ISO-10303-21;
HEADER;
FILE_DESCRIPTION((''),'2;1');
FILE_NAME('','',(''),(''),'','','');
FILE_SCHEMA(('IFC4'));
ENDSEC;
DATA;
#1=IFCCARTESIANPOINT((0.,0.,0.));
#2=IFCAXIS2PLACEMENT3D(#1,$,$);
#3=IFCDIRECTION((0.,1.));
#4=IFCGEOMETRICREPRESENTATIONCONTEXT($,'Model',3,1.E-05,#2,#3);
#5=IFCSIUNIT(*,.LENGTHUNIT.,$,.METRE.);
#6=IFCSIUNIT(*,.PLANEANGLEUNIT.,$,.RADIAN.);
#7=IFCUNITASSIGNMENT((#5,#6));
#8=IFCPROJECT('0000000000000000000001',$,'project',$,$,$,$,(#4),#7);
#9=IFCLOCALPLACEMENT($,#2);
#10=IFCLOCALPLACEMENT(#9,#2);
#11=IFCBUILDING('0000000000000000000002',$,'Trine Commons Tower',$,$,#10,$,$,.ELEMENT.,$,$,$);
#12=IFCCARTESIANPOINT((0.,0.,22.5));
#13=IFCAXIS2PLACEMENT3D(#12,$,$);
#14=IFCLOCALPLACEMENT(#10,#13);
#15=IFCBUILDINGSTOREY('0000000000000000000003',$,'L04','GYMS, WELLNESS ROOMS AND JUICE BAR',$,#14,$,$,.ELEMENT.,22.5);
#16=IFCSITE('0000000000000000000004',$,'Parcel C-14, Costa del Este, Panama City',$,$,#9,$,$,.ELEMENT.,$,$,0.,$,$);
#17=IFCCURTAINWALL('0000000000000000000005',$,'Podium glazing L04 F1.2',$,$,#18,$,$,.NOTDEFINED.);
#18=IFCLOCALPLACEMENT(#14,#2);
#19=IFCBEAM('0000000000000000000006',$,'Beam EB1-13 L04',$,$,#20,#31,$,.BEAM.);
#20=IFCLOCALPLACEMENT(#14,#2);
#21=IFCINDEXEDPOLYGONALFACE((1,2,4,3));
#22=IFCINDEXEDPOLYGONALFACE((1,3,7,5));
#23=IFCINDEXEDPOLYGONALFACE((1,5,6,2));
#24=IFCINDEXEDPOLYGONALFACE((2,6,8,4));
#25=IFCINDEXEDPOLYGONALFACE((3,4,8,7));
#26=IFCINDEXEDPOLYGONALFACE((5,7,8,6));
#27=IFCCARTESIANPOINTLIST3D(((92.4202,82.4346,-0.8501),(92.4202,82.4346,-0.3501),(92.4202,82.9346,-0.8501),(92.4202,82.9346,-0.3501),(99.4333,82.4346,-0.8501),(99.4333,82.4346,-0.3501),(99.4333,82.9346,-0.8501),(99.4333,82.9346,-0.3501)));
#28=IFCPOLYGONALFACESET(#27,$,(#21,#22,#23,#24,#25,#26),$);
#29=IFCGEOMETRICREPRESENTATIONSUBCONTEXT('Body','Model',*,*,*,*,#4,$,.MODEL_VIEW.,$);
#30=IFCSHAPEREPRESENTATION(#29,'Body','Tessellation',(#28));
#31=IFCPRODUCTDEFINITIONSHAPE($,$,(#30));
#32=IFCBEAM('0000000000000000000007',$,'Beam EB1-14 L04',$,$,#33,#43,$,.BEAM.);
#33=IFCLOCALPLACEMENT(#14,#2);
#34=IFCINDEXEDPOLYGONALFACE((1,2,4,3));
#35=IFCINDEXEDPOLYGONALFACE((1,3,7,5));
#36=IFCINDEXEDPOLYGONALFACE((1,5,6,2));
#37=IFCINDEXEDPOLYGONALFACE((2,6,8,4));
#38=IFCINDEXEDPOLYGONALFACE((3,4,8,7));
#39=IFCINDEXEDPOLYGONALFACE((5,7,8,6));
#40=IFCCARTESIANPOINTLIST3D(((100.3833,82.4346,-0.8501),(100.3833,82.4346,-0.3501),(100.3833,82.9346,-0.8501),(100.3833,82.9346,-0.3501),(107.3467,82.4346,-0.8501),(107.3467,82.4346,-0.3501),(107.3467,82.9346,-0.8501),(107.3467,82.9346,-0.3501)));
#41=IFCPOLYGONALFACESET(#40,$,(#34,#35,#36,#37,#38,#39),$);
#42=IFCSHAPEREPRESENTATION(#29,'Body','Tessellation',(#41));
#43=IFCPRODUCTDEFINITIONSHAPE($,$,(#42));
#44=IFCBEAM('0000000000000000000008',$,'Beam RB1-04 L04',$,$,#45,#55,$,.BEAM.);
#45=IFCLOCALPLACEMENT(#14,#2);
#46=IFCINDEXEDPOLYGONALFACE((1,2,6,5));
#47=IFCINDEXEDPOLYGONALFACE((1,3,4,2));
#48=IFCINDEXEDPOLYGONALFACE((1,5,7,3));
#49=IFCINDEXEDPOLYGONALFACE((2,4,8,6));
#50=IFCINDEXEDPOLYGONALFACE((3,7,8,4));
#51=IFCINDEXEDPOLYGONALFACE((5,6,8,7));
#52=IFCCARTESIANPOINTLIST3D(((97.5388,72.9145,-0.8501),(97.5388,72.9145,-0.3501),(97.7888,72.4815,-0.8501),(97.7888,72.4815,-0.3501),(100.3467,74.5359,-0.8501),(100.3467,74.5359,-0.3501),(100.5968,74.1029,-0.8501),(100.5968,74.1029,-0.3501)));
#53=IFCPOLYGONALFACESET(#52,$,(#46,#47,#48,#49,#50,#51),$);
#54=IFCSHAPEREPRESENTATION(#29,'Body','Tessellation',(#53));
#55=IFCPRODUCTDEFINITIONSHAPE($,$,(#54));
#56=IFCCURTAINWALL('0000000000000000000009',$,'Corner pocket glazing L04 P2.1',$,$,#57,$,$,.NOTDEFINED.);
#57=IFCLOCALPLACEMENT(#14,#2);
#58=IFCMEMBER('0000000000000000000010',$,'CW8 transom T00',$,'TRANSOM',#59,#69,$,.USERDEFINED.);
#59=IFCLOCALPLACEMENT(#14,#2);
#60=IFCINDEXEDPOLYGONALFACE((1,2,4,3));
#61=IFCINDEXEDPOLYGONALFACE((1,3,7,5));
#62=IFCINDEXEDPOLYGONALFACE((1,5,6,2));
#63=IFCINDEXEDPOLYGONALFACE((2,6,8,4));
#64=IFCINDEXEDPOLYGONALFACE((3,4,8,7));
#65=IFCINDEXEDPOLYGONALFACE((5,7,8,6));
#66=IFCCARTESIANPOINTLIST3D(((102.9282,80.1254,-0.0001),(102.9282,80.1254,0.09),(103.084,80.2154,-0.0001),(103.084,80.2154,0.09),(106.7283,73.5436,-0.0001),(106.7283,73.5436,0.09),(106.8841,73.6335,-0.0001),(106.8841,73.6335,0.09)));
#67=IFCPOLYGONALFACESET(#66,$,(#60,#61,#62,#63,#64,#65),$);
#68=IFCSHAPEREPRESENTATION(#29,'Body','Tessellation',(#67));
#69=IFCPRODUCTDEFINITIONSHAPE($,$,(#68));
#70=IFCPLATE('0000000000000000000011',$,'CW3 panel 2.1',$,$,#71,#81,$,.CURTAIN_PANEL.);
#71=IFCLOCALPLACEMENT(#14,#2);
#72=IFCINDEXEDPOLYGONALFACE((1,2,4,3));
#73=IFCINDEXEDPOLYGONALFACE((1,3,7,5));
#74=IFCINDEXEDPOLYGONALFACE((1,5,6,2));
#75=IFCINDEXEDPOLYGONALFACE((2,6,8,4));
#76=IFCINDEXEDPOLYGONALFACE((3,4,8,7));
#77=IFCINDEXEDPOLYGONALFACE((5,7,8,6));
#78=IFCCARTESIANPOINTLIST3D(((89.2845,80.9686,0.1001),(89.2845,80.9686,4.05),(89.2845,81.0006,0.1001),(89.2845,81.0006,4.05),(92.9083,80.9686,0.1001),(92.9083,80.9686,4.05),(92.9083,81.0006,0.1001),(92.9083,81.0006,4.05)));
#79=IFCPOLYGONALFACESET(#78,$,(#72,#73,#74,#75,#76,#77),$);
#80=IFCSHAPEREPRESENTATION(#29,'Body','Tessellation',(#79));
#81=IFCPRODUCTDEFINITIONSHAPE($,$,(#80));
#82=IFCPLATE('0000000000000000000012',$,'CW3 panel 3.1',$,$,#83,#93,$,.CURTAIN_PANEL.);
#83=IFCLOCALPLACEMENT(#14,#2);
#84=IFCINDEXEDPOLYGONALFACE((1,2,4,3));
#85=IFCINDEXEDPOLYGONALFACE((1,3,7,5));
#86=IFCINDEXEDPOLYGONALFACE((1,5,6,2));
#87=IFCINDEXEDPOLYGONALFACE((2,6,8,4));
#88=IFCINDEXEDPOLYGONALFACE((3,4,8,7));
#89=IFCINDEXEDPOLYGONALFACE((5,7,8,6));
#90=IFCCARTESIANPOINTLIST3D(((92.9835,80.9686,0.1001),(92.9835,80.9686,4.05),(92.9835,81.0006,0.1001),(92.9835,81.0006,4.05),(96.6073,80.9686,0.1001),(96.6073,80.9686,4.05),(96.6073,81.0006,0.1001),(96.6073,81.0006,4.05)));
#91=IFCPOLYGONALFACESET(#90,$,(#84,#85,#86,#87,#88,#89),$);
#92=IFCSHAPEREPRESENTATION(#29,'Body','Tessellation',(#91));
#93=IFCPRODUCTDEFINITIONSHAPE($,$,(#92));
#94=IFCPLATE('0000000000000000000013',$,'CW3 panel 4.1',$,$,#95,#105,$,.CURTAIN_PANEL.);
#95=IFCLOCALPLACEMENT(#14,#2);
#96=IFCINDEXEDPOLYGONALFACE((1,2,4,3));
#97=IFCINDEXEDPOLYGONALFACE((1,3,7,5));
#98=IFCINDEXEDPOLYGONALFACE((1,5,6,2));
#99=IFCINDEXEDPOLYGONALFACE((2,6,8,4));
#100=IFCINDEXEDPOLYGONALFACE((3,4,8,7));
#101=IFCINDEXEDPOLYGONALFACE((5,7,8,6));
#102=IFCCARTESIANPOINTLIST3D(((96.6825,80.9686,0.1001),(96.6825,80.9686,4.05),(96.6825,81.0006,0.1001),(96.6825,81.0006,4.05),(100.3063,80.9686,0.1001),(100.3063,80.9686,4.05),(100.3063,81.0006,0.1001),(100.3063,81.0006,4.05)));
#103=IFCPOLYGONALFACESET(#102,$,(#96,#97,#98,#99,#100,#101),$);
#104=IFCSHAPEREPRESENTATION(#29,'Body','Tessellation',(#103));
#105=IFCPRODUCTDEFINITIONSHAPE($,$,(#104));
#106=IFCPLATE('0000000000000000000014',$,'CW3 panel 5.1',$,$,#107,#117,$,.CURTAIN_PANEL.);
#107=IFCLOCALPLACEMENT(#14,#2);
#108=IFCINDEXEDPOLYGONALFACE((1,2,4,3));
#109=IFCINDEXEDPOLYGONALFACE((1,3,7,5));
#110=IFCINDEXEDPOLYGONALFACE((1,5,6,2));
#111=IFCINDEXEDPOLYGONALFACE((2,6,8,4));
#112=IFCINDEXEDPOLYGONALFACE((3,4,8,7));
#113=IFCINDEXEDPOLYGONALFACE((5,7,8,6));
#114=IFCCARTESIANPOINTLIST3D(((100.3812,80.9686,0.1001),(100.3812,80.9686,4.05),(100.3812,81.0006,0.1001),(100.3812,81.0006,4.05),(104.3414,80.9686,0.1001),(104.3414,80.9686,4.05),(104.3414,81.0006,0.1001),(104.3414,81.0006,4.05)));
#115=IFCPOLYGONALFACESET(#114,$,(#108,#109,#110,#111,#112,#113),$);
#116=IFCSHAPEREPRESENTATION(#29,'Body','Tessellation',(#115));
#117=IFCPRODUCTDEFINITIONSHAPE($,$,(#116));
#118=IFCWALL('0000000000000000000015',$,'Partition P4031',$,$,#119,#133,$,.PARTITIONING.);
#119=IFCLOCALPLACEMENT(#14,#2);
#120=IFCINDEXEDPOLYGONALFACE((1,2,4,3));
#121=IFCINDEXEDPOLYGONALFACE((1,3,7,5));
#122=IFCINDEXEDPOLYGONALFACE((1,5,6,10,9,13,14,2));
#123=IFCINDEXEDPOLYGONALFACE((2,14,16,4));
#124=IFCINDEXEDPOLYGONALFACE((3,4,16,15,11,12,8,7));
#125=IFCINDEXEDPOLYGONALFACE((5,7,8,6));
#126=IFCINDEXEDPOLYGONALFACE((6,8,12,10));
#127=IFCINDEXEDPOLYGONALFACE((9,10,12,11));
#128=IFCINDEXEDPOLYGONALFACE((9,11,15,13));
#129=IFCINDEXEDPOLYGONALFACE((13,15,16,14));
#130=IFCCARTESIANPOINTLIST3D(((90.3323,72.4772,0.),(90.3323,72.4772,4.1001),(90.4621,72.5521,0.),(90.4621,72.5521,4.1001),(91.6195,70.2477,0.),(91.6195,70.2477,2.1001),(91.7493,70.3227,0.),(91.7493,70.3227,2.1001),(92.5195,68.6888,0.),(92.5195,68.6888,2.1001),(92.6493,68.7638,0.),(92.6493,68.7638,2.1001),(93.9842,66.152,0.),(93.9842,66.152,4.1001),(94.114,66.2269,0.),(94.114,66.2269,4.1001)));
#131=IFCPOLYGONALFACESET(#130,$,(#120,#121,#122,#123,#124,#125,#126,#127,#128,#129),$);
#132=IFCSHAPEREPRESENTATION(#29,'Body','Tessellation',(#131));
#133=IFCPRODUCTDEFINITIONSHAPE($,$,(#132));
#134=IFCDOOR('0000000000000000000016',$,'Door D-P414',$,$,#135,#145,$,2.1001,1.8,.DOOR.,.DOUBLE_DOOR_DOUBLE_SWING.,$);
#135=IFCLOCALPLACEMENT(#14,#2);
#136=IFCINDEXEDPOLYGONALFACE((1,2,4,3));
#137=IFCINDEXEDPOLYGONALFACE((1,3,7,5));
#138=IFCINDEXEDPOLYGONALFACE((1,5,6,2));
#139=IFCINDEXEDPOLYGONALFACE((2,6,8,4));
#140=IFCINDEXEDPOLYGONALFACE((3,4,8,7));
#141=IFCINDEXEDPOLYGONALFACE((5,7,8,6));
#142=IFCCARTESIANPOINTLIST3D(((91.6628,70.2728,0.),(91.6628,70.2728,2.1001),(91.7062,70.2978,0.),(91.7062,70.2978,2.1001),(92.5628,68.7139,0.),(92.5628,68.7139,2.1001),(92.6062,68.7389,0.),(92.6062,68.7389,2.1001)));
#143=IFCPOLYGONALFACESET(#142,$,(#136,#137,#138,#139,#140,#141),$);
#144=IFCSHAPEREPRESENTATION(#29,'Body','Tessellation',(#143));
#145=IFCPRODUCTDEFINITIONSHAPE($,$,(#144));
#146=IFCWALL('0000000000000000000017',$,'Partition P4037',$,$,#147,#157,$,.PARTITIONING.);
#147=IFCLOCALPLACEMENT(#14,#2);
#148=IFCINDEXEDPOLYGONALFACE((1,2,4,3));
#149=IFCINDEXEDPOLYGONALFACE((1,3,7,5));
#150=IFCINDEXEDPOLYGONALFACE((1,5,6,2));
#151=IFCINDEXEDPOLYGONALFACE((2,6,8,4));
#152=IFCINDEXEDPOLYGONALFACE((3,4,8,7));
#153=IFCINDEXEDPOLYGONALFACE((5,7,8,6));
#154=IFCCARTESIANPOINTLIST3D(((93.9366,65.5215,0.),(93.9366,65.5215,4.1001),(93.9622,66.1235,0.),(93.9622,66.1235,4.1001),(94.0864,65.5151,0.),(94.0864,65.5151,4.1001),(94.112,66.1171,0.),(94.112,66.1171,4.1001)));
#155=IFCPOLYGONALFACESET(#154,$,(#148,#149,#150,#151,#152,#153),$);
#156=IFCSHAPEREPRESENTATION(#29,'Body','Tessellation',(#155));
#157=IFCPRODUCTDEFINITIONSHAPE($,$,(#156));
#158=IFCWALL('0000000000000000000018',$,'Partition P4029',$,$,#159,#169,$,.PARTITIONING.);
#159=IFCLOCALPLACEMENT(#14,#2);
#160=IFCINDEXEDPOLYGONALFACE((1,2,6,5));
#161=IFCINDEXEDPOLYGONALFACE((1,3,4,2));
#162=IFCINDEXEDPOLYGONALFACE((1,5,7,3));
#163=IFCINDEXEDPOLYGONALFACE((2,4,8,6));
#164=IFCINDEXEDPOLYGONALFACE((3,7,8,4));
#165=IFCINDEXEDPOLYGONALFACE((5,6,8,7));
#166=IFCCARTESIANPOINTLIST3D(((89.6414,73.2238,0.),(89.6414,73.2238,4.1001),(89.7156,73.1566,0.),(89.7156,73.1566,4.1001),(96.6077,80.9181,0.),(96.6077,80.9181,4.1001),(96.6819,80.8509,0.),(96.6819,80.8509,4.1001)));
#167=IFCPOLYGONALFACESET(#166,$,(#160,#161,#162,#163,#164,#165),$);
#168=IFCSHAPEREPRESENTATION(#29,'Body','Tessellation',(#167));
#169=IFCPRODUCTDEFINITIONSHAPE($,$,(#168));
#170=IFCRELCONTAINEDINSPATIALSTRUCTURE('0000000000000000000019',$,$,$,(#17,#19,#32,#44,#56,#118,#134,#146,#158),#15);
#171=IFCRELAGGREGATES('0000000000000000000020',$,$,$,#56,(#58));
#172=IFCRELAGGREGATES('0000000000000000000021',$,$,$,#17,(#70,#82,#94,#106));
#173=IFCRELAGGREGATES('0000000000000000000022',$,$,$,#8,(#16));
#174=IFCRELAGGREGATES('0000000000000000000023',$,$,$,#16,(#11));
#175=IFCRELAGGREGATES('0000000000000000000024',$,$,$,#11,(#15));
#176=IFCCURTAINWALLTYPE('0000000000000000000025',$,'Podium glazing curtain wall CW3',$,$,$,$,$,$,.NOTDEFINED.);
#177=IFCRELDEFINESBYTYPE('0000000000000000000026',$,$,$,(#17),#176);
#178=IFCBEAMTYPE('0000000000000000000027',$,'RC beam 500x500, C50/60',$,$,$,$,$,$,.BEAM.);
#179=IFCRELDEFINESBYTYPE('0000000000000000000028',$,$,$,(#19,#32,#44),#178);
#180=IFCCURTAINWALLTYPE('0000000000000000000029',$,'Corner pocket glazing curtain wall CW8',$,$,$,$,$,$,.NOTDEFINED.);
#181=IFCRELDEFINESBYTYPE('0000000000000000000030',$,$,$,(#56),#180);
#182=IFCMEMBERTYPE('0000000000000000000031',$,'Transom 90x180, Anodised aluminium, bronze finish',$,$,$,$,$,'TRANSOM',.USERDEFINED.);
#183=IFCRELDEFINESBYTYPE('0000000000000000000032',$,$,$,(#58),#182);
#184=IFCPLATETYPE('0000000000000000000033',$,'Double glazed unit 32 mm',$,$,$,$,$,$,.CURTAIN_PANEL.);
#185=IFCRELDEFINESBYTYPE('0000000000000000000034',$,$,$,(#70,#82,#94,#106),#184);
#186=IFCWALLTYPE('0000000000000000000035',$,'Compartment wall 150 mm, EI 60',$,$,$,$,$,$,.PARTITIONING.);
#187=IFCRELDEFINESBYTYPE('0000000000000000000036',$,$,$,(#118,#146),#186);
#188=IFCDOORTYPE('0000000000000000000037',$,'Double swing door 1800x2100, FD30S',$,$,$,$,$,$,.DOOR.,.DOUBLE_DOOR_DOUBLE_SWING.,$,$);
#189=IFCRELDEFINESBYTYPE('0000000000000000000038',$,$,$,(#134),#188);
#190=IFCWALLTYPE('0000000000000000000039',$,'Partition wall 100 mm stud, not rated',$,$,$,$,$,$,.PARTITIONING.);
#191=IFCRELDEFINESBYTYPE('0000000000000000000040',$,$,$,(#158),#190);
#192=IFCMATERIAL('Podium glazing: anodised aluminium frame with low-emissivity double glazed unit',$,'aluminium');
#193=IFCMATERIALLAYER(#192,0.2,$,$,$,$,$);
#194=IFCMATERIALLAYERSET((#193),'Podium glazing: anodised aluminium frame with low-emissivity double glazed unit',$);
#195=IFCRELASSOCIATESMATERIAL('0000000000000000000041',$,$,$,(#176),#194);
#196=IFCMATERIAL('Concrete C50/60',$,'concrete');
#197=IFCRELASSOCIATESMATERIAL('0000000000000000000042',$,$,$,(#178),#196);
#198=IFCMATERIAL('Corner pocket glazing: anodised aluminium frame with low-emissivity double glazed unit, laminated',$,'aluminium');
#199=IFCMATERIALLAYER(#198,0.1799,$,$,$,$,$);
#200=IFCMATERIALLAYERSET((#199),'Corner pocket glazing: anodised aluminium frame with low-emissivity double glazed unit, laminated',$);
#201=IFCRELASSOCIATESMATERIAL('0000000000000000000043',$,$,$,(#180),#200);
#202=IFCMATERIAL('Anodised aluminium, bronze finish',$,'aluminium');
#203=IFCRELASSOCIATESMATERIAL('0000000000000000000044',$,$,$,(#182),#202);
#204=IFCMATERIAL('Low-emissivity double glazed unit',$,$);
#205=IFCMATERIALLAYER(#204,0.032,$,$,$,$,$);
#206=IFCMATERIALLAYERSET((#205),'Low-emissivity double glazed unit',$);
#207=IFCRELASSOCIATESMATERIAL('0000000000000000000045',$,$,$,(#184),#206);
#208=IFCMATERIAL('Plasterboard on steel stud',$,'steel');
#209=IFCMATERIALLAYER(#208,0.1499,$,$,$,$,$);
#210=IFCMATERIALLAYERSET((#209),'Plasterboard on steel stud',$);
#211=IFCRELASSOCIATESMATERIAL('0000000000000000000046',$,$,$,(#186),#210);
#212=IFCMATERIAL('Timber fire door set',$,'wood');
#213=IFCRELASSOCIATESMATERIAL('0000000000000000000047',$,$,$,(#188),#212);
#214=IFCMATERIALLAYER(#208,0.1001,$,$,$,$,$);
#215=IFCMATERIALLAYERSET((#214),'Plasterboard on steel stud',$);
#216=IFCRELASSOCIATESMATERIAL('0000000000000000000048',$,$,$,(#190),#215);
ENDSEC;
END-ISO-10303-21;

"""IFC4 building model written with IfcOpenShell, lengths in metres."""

from ifc_helpers import new_model, si_unit, direction, frame, frame_2d, origin, origin_2d, place, context, subcontext, project, spatial, rectangle, extrude, material, layer, layer_set, material_profile, profile_set, type_object, element, fill, aggregate, save


model = new_model("IFC4")

# Units and contexts
model_context = context("Model", 3, precision=1e-05, world=origin(), true_north=direction((0.0, 1.0)))
body_context = subcontext(model_context, "Body", "Model", "MODEL_VIEW")
ifc_project = project(units=[si_unit("LENGTHUNIT", "METRE"), si_unit("PLANEANGLEUNIT", "RADIAN")], contexts=[model_context])

# Site, building, storey
site_placement = place(None, origin())
site = spatial("IfcSite", under=ifc_project, at=site_placement, Name="Parcel C-14, Costa del Este, Panama City", CompositionType="ELEMENT", RefElevation=0.0)
building_placement = place(site_placement, origin())
building = spatial("IfcBuilding", under=site, at=building_placement, Name="Trine Commons Tower", CompositionType="ELEMENT")
storey_placement = place(building_placement, frame((0.0, 0.0, 22.5)))
storey = spatial("IfcBuildingStorey", under=building, at=storey_placement, Name="L04", Description="GYMS, WELLNESS ROOMS AND JUICE BAR", CompositionType="ELEMENT", Elevation=22.5)

# Curtain wall
ifc_material_1 = material(Name="Podium glazing: anodised aluminium frame with low-emissivity double glazed unit", Category="aluminium")
ifc_layer_1 = layer(ifc_material_1, 0.2)
ifc_layer_set_1 = layer_set([ifc_layer_1], Name="Podium glazing: anodised aluminium frame with low-emissivity double glazed unit")
curtain_wall_type_1 = type_object("IfcCurtainWallType", Name="Podium glazing curtain wall CW3", PredefinedType="NOTDEFINED", material=ifc_layer_set_1)
curtain_wall_1_placement = place(storey_placement, origin())
curtain_wall_1 = element("IfcCurtainWall", 1, at=curtain_wall_1_placement, inside=storey, type_object=curtain_wall_type_1, Name="Podium glazing L04 F1.2", PredefinedType="NOTDEFINED")
ifc_material_2 = material(Name="Anodised aluminium, bronze finish", Category="aluminium")

# Beams
ifc_material_3 = material(Name="Concrete C50/60", Category="concrete")
ifc_material_profile_1 = material_profile(ifc_material_3, rectangle(XDim=0.5, YDim=0.5, at=origin_2d()), Name="RC 500x500")
ifc_profile_set_1 = profile_set([ifc_material_profile_1], Name="Concrete C50/60")
beam_type = type_object("IfcBeamType", Name="RC beam 500x500, C50/60", PredefinedType="BEAM", material=ifc_profile_set_1)
beam_1_placement = place(storey_placement, frame((92.4202, 82.6846, -0.6001), z_axis=(1.0, 0.0, 0.0), x_axis=(0.0, 1.0, 0.0)))
element("IfcBeam", 2, at=beam_1_placement, inside=storey, type_object=beam_type, Name="Beam EB1-13 L04", PredefinedType="BEAM", context=body_context, shape_type="SweptSolid", body=[
    extrude(rectangle(XDim=0.5, YDim=0.5, at=origin_2d()), origin(), (0.0, 0.0, 1.0), 7.0132),
])
beam_2_placement = place(storey_placement, frame((100.3833, 82.6846, -0.6001), z_axis=(1.0, 0.0, 0.0), x_axis=(0.0, 1.0, 0.0)))
element("IfcBeam", 3, at=beam_2_placement, inside=storey, type_object=beam_type, Name="Beam EB1-14 L04", PredefinedType="BEAM", context=body_context, shape_type="SweptSolid", body=[
    extrude(rectangle(XDim=0.5, YDim=0.5, at=origin_2d()), origin(), (0.0, 0.0, 1.0), 6.9634),
])
beam_3_placement = place(storey_placement, frame((97.6638, 72.698, -0.6001), z_axis=(0.865996, 0.500051, 0.0), x_axis=(-0.500051, 0.865996, 0.0)))
element("IfcBeam", 4, at=beam_3_placement, inside=storey, type_object=beam_type, Name="Beam RB1-04 L04", PredefinedType="BEAM", context=body_context, shape_type="SweptSolid", body=[
    extrude(rectangle(XDim=0.5, YDim=0.5, at=origin_2d()), origin(), (0.0, 0.0, 1.0), 3.2424),
])

# Curtain wall, member
ifc_material_4 = material(Name="Corner pocket glazing: anodised aluminium frame with low-emissivity double glazed unit, laminated", Category="aluminium")
ifc_layer_2 = layer(ifc_material_4, 0.1799)
ifc_layer_set_2 = layer_set([ifc_layer_2], Name="Corner pocket glazing: anodised aluminium frame with low-emissivity double glazed unit, laminated")
curtain_wall_type_2 = type_object("IfcCurtainWallType", Name="Corner pocket glazing curtain wall CW8", PredefinedType="NOTDEFINED", material=ifc_layer_set_2)
curtain_wall_2_placement = place(storey_placement, origin())
curtain_wall_2 = element("IfcCurtainWall", 5, at=curtain_wall_2_placement, inside=storey, type_object=curtain_wall_type_2, Name="Corner pocket glazing L04 P2.1", PredefinedType="NOTDEFINED")
ifc_material_profile_2 = material_profile(ifc_material_2, rectangle(XDim=0.1799, YDim=0.0901, at=origin_2d()), Name="Transom 90x180")
ifc_profile_set_2 = profile_set([ifc_material_profile_2], Name="Anodised aluminium, bronze finish")
member_type_1 = type_object("IfcMemberType", Name="Transom 90x180, Anodised aluminium, bronze finish", ElementType="TRANSOM", PredefinedType="USERDEFINED", material=ifc_profile_set_2)
member_1_placement = place(storey_placement, frame((103.0061, 80.1704, 0.0449), z_axis=(0.500005, -0.866022, 0.0), x_axis=(0.866022, 0.500005, 0.0)))
member_1 = element("IfcMember", 6, at=member_1_placement, type_object=member_type_1, Name="CW8 transom T00", ObjectType="TRANSOM", PredefinedType="USERDEFINED", context=body_context, shape_type="SweptSolid", body=[
    extrude(rectangle(XDim=0.1799, YDim=0.0901, at=origin_2d()), origin(), (0.0, 0.0, 1.0), 7.6001),
])
aggregate(curtain_wall_2, [member_1])

# Plates
ifc_material_5 = material(Name="Low-emissivity double glazed unit")
ifc_layer_3 = layer(ifc_material_5, 0.032)
ifc_layer_set_3 = layer_set([ifc_layer_3], Name="Low-emissivity double glazed unit")
plate_type = type_object("IfcPlateType", Name="Double glazed unit 32 mm", PredefinedType="CURTAIN_PANEL", material=ifc_layer_set_3)
plate_1_placement = place(storey_placement, frame((91.0964, 80.9846, 0.1001), z_axis=(0.0, 0.0, 1.0), x_axis=(1.0, 0.0, 0.0)))
plate_1 = element("IfcPlate", 7, at=plate_1_placement, type_object=plate_type, Name="CW3 panel 2.1", PredefinedType="CURTAIN_PANEL", context=body_context, shape_type="SweptSolid", body=[
    extrude(rectangle(XDim=3.6238, YDim=0.032, at=origin_2d()), origin(), (0.0, 0.0, 1.0), 3.95),
])
plate_2_placement = place(storey_placement, frame((94.7954, 80.9846, 0.1001), z_axis=(0.0, 0.0, 1.0), x_axis=(1.0, 0.0, 0.0)))
plate_2 = element("IfcPlate", 8, at=plate_2_placement, type_object=plate_type, Name="CW3 panel 3.1", PredefinedType="CURTAIN_PANEL", context=body_context, shape_type="SweptSolid", body=[
    extrude(rectangle(XDim=3.6238, YDim=0.032, at=origin_2d()), origin(), (0.0, 0.0, 1.0), 3.95),
])
plate_3_placement = place(storey_placement, frame((98.4944, 80.9846, 0.1001), z_axis=(0.0, 0.0, 1.0), x_axis=(1.0, 0.0, 0.0)))
plate_3 = element("IfcPlate", 9, at=plate_3_placement, type_object=plate_type, Name="CW3 panel 4.1", PredefinedType="CURTAIN_PANEL", context=body_context, shape_type="SweptSolid", body=[
    extrude(rectangle(XDim=3.6238, YDim=0.032, at=origin_2d()), origin(), (0.0, 0.0, 1.0), 3.95),
])
plate_4_placement = place(storey_placement, frame((102.3613, 80.9846, 0.1001), z_axis=(0.0, 0.0, 1.0), x_axis=(1.0, 0.0, 0.0)))
plate_4 = element("IfcPlate", 10, at=plate_4_placement, type_object=plate_type, Name="CW3 panel 5.1", PredefinedType="CURTAIN_PANEL", context=body_context, shape_type="SweptSolid", body=[
    extrude(rectangle(XDim=3.9602, YDim=0.032, at=origin_2d()), origin(), (0.0, 0.0, 1.0), 3.95),
])
aggregate(curtain_wall_1, [plate_1, plate_2, plate_3, plate_4])

# Wall, opening, door
ifc_material_6 = material(Name="Plasterboard on steel stud", Category="steel")
ifc_layer_4 = layer(ifc_material_6, 0.1499)
ifc_layer_set_4 = layer_set([ifc_layer_4], Name="Plasterboard on steel stud")
wall_type_1 = type_object("IfcWallType", Name="Compartment wall 150 mm, EI 60", PredefinedType="PARTITIONING", material=ifc_layer_set_4)
wall_1_placement = place(storey_placement, frame((94.0491, 66.1895, 0.0), z_axis=(0.0, 0.0, 1.0), x_axis=(-0.5, 0.866025, 0.0)))
wall_1 = element("IfcWall", 11, at=wall_1_placement, inside=storey, type_object=wall_type_1, Name="Partition P4031", PredefinedType="PARTITIONING", context=body_context, shape_type="SweptSolid", body=[
    extrude(rectangle(XDim=7.3037, YDim=0.1499, at=frame_2d((3.6519, 0.0))), origin(), (0.0, 0.0, 1.0), 4.1001),
])
opening_1_placement = place(wall_1_placement, frame((2.9294, 0.0, 0.0)))
opening_1 = element("IfcOpeningElement", 12, at=opening_1_placement, cuts=wall_1, PredefinedType="OPENING", context=body_context, shape_type="SweptSolid", body=[
    extrude(rectangle(XDim=1.8, YDim=2.1001, at=frame_2d((0.8999, 1.05))), frame((0.0, 0.085, 0.0), z_axis=(0.0, -1.0, 0.0), x_axis=(1.0, 0.0, 0.0)), (0.0, 0.0, 1.0), 0.1699),
])
ifc_material_7 = material(Name="Timber fire door set", Category="wood")
door_type_1 = type_object("IfcDoorType", Name="Double swing door 1800x2100, FD30S", OperationType="DOUBLE_DOOR_DOUBLE_SWING", PredefinedType="DOOR", material=ifc_material_7)
door_1_placement = place(opening_1_placement, origin())
door_1 = element("IfcDoor", 13, at=door_1_placement, inside=storey, type_object=door_type_1, Name="Door D-P414", OperationType="DOUBLE_DOOR_DOUBLE_SWING", OverallHeight=2.1001, OverallWidth=1.8, PredefinedType="DOOR", context=body_context, shape_type="SweptSolid", body=[
    extrude(rectangle(XDim=1.8, YDim=2.1001, at=frame_2d((0.8999, 1.05))), frame((0.0, 0.0249, 0.0), z_axis=(0.0, -1.0, 0.0), x_axis=(1.0, 0.0, 0.0)), (0.0, 0.0, 1.0), 0.05),
])
fill(opening_1, door_1)

# Walls
wall_2_placement = place(storey_placement, frame((94.0115, 65.5183, 0.0), z_axis=(0.0, 0.0, 1.0), x_axis=(0.042541, 0.999095, 0.0)))
element("IfcWall", 14, at=wall_2_placement, inside=storey, type_object=wall_type_1, Name="Partition P4037", PredefinedType="PARTITIONING", context=body_context, shape_type="SweptSolid", body=[
    extrude(rectangle(XDim=0.6025, YDim=0.1499, at=frame_2d((0.3013, 0.0))), origin(), (0.0, 0.0, 1.0), 4.1001),
])
ifc_layer_5 = layer(ifc_material_6, 0.1001)
ifc_layer_set_5 = layer_set([ifc_layer_5], Name="Plasterboard on steel stud")
wall_type_2 = type_object("IfcWallType", Name="Partition wall 100 mm stud, not rated", PredefinedType="PARTITIONING", material=ifc_layer_set_5)
wall_3_placement = place(storey_placement, frame((89.6785, 73.1902, 0.0), z_axis=(0.0, 0.0, 1.0), x_axis=(0.671166, 0.741307, 0.0)))
element("IfcWall", 15, at=wall_3_placement, inside=storey, type_object=wall_type_2, Name="Partition P4029", PredefinedType="PARTITIONING", context=body_context, shape_type="SweptSolid", body=[
    extrude(rectangle(XDim=10.3794, YDim=0.1001, at=frame_2d((5.1897, 0.0))), origin(), (0.0, 0.0, 1.0), 4.1001),
])

save(model, "model.ifc")
